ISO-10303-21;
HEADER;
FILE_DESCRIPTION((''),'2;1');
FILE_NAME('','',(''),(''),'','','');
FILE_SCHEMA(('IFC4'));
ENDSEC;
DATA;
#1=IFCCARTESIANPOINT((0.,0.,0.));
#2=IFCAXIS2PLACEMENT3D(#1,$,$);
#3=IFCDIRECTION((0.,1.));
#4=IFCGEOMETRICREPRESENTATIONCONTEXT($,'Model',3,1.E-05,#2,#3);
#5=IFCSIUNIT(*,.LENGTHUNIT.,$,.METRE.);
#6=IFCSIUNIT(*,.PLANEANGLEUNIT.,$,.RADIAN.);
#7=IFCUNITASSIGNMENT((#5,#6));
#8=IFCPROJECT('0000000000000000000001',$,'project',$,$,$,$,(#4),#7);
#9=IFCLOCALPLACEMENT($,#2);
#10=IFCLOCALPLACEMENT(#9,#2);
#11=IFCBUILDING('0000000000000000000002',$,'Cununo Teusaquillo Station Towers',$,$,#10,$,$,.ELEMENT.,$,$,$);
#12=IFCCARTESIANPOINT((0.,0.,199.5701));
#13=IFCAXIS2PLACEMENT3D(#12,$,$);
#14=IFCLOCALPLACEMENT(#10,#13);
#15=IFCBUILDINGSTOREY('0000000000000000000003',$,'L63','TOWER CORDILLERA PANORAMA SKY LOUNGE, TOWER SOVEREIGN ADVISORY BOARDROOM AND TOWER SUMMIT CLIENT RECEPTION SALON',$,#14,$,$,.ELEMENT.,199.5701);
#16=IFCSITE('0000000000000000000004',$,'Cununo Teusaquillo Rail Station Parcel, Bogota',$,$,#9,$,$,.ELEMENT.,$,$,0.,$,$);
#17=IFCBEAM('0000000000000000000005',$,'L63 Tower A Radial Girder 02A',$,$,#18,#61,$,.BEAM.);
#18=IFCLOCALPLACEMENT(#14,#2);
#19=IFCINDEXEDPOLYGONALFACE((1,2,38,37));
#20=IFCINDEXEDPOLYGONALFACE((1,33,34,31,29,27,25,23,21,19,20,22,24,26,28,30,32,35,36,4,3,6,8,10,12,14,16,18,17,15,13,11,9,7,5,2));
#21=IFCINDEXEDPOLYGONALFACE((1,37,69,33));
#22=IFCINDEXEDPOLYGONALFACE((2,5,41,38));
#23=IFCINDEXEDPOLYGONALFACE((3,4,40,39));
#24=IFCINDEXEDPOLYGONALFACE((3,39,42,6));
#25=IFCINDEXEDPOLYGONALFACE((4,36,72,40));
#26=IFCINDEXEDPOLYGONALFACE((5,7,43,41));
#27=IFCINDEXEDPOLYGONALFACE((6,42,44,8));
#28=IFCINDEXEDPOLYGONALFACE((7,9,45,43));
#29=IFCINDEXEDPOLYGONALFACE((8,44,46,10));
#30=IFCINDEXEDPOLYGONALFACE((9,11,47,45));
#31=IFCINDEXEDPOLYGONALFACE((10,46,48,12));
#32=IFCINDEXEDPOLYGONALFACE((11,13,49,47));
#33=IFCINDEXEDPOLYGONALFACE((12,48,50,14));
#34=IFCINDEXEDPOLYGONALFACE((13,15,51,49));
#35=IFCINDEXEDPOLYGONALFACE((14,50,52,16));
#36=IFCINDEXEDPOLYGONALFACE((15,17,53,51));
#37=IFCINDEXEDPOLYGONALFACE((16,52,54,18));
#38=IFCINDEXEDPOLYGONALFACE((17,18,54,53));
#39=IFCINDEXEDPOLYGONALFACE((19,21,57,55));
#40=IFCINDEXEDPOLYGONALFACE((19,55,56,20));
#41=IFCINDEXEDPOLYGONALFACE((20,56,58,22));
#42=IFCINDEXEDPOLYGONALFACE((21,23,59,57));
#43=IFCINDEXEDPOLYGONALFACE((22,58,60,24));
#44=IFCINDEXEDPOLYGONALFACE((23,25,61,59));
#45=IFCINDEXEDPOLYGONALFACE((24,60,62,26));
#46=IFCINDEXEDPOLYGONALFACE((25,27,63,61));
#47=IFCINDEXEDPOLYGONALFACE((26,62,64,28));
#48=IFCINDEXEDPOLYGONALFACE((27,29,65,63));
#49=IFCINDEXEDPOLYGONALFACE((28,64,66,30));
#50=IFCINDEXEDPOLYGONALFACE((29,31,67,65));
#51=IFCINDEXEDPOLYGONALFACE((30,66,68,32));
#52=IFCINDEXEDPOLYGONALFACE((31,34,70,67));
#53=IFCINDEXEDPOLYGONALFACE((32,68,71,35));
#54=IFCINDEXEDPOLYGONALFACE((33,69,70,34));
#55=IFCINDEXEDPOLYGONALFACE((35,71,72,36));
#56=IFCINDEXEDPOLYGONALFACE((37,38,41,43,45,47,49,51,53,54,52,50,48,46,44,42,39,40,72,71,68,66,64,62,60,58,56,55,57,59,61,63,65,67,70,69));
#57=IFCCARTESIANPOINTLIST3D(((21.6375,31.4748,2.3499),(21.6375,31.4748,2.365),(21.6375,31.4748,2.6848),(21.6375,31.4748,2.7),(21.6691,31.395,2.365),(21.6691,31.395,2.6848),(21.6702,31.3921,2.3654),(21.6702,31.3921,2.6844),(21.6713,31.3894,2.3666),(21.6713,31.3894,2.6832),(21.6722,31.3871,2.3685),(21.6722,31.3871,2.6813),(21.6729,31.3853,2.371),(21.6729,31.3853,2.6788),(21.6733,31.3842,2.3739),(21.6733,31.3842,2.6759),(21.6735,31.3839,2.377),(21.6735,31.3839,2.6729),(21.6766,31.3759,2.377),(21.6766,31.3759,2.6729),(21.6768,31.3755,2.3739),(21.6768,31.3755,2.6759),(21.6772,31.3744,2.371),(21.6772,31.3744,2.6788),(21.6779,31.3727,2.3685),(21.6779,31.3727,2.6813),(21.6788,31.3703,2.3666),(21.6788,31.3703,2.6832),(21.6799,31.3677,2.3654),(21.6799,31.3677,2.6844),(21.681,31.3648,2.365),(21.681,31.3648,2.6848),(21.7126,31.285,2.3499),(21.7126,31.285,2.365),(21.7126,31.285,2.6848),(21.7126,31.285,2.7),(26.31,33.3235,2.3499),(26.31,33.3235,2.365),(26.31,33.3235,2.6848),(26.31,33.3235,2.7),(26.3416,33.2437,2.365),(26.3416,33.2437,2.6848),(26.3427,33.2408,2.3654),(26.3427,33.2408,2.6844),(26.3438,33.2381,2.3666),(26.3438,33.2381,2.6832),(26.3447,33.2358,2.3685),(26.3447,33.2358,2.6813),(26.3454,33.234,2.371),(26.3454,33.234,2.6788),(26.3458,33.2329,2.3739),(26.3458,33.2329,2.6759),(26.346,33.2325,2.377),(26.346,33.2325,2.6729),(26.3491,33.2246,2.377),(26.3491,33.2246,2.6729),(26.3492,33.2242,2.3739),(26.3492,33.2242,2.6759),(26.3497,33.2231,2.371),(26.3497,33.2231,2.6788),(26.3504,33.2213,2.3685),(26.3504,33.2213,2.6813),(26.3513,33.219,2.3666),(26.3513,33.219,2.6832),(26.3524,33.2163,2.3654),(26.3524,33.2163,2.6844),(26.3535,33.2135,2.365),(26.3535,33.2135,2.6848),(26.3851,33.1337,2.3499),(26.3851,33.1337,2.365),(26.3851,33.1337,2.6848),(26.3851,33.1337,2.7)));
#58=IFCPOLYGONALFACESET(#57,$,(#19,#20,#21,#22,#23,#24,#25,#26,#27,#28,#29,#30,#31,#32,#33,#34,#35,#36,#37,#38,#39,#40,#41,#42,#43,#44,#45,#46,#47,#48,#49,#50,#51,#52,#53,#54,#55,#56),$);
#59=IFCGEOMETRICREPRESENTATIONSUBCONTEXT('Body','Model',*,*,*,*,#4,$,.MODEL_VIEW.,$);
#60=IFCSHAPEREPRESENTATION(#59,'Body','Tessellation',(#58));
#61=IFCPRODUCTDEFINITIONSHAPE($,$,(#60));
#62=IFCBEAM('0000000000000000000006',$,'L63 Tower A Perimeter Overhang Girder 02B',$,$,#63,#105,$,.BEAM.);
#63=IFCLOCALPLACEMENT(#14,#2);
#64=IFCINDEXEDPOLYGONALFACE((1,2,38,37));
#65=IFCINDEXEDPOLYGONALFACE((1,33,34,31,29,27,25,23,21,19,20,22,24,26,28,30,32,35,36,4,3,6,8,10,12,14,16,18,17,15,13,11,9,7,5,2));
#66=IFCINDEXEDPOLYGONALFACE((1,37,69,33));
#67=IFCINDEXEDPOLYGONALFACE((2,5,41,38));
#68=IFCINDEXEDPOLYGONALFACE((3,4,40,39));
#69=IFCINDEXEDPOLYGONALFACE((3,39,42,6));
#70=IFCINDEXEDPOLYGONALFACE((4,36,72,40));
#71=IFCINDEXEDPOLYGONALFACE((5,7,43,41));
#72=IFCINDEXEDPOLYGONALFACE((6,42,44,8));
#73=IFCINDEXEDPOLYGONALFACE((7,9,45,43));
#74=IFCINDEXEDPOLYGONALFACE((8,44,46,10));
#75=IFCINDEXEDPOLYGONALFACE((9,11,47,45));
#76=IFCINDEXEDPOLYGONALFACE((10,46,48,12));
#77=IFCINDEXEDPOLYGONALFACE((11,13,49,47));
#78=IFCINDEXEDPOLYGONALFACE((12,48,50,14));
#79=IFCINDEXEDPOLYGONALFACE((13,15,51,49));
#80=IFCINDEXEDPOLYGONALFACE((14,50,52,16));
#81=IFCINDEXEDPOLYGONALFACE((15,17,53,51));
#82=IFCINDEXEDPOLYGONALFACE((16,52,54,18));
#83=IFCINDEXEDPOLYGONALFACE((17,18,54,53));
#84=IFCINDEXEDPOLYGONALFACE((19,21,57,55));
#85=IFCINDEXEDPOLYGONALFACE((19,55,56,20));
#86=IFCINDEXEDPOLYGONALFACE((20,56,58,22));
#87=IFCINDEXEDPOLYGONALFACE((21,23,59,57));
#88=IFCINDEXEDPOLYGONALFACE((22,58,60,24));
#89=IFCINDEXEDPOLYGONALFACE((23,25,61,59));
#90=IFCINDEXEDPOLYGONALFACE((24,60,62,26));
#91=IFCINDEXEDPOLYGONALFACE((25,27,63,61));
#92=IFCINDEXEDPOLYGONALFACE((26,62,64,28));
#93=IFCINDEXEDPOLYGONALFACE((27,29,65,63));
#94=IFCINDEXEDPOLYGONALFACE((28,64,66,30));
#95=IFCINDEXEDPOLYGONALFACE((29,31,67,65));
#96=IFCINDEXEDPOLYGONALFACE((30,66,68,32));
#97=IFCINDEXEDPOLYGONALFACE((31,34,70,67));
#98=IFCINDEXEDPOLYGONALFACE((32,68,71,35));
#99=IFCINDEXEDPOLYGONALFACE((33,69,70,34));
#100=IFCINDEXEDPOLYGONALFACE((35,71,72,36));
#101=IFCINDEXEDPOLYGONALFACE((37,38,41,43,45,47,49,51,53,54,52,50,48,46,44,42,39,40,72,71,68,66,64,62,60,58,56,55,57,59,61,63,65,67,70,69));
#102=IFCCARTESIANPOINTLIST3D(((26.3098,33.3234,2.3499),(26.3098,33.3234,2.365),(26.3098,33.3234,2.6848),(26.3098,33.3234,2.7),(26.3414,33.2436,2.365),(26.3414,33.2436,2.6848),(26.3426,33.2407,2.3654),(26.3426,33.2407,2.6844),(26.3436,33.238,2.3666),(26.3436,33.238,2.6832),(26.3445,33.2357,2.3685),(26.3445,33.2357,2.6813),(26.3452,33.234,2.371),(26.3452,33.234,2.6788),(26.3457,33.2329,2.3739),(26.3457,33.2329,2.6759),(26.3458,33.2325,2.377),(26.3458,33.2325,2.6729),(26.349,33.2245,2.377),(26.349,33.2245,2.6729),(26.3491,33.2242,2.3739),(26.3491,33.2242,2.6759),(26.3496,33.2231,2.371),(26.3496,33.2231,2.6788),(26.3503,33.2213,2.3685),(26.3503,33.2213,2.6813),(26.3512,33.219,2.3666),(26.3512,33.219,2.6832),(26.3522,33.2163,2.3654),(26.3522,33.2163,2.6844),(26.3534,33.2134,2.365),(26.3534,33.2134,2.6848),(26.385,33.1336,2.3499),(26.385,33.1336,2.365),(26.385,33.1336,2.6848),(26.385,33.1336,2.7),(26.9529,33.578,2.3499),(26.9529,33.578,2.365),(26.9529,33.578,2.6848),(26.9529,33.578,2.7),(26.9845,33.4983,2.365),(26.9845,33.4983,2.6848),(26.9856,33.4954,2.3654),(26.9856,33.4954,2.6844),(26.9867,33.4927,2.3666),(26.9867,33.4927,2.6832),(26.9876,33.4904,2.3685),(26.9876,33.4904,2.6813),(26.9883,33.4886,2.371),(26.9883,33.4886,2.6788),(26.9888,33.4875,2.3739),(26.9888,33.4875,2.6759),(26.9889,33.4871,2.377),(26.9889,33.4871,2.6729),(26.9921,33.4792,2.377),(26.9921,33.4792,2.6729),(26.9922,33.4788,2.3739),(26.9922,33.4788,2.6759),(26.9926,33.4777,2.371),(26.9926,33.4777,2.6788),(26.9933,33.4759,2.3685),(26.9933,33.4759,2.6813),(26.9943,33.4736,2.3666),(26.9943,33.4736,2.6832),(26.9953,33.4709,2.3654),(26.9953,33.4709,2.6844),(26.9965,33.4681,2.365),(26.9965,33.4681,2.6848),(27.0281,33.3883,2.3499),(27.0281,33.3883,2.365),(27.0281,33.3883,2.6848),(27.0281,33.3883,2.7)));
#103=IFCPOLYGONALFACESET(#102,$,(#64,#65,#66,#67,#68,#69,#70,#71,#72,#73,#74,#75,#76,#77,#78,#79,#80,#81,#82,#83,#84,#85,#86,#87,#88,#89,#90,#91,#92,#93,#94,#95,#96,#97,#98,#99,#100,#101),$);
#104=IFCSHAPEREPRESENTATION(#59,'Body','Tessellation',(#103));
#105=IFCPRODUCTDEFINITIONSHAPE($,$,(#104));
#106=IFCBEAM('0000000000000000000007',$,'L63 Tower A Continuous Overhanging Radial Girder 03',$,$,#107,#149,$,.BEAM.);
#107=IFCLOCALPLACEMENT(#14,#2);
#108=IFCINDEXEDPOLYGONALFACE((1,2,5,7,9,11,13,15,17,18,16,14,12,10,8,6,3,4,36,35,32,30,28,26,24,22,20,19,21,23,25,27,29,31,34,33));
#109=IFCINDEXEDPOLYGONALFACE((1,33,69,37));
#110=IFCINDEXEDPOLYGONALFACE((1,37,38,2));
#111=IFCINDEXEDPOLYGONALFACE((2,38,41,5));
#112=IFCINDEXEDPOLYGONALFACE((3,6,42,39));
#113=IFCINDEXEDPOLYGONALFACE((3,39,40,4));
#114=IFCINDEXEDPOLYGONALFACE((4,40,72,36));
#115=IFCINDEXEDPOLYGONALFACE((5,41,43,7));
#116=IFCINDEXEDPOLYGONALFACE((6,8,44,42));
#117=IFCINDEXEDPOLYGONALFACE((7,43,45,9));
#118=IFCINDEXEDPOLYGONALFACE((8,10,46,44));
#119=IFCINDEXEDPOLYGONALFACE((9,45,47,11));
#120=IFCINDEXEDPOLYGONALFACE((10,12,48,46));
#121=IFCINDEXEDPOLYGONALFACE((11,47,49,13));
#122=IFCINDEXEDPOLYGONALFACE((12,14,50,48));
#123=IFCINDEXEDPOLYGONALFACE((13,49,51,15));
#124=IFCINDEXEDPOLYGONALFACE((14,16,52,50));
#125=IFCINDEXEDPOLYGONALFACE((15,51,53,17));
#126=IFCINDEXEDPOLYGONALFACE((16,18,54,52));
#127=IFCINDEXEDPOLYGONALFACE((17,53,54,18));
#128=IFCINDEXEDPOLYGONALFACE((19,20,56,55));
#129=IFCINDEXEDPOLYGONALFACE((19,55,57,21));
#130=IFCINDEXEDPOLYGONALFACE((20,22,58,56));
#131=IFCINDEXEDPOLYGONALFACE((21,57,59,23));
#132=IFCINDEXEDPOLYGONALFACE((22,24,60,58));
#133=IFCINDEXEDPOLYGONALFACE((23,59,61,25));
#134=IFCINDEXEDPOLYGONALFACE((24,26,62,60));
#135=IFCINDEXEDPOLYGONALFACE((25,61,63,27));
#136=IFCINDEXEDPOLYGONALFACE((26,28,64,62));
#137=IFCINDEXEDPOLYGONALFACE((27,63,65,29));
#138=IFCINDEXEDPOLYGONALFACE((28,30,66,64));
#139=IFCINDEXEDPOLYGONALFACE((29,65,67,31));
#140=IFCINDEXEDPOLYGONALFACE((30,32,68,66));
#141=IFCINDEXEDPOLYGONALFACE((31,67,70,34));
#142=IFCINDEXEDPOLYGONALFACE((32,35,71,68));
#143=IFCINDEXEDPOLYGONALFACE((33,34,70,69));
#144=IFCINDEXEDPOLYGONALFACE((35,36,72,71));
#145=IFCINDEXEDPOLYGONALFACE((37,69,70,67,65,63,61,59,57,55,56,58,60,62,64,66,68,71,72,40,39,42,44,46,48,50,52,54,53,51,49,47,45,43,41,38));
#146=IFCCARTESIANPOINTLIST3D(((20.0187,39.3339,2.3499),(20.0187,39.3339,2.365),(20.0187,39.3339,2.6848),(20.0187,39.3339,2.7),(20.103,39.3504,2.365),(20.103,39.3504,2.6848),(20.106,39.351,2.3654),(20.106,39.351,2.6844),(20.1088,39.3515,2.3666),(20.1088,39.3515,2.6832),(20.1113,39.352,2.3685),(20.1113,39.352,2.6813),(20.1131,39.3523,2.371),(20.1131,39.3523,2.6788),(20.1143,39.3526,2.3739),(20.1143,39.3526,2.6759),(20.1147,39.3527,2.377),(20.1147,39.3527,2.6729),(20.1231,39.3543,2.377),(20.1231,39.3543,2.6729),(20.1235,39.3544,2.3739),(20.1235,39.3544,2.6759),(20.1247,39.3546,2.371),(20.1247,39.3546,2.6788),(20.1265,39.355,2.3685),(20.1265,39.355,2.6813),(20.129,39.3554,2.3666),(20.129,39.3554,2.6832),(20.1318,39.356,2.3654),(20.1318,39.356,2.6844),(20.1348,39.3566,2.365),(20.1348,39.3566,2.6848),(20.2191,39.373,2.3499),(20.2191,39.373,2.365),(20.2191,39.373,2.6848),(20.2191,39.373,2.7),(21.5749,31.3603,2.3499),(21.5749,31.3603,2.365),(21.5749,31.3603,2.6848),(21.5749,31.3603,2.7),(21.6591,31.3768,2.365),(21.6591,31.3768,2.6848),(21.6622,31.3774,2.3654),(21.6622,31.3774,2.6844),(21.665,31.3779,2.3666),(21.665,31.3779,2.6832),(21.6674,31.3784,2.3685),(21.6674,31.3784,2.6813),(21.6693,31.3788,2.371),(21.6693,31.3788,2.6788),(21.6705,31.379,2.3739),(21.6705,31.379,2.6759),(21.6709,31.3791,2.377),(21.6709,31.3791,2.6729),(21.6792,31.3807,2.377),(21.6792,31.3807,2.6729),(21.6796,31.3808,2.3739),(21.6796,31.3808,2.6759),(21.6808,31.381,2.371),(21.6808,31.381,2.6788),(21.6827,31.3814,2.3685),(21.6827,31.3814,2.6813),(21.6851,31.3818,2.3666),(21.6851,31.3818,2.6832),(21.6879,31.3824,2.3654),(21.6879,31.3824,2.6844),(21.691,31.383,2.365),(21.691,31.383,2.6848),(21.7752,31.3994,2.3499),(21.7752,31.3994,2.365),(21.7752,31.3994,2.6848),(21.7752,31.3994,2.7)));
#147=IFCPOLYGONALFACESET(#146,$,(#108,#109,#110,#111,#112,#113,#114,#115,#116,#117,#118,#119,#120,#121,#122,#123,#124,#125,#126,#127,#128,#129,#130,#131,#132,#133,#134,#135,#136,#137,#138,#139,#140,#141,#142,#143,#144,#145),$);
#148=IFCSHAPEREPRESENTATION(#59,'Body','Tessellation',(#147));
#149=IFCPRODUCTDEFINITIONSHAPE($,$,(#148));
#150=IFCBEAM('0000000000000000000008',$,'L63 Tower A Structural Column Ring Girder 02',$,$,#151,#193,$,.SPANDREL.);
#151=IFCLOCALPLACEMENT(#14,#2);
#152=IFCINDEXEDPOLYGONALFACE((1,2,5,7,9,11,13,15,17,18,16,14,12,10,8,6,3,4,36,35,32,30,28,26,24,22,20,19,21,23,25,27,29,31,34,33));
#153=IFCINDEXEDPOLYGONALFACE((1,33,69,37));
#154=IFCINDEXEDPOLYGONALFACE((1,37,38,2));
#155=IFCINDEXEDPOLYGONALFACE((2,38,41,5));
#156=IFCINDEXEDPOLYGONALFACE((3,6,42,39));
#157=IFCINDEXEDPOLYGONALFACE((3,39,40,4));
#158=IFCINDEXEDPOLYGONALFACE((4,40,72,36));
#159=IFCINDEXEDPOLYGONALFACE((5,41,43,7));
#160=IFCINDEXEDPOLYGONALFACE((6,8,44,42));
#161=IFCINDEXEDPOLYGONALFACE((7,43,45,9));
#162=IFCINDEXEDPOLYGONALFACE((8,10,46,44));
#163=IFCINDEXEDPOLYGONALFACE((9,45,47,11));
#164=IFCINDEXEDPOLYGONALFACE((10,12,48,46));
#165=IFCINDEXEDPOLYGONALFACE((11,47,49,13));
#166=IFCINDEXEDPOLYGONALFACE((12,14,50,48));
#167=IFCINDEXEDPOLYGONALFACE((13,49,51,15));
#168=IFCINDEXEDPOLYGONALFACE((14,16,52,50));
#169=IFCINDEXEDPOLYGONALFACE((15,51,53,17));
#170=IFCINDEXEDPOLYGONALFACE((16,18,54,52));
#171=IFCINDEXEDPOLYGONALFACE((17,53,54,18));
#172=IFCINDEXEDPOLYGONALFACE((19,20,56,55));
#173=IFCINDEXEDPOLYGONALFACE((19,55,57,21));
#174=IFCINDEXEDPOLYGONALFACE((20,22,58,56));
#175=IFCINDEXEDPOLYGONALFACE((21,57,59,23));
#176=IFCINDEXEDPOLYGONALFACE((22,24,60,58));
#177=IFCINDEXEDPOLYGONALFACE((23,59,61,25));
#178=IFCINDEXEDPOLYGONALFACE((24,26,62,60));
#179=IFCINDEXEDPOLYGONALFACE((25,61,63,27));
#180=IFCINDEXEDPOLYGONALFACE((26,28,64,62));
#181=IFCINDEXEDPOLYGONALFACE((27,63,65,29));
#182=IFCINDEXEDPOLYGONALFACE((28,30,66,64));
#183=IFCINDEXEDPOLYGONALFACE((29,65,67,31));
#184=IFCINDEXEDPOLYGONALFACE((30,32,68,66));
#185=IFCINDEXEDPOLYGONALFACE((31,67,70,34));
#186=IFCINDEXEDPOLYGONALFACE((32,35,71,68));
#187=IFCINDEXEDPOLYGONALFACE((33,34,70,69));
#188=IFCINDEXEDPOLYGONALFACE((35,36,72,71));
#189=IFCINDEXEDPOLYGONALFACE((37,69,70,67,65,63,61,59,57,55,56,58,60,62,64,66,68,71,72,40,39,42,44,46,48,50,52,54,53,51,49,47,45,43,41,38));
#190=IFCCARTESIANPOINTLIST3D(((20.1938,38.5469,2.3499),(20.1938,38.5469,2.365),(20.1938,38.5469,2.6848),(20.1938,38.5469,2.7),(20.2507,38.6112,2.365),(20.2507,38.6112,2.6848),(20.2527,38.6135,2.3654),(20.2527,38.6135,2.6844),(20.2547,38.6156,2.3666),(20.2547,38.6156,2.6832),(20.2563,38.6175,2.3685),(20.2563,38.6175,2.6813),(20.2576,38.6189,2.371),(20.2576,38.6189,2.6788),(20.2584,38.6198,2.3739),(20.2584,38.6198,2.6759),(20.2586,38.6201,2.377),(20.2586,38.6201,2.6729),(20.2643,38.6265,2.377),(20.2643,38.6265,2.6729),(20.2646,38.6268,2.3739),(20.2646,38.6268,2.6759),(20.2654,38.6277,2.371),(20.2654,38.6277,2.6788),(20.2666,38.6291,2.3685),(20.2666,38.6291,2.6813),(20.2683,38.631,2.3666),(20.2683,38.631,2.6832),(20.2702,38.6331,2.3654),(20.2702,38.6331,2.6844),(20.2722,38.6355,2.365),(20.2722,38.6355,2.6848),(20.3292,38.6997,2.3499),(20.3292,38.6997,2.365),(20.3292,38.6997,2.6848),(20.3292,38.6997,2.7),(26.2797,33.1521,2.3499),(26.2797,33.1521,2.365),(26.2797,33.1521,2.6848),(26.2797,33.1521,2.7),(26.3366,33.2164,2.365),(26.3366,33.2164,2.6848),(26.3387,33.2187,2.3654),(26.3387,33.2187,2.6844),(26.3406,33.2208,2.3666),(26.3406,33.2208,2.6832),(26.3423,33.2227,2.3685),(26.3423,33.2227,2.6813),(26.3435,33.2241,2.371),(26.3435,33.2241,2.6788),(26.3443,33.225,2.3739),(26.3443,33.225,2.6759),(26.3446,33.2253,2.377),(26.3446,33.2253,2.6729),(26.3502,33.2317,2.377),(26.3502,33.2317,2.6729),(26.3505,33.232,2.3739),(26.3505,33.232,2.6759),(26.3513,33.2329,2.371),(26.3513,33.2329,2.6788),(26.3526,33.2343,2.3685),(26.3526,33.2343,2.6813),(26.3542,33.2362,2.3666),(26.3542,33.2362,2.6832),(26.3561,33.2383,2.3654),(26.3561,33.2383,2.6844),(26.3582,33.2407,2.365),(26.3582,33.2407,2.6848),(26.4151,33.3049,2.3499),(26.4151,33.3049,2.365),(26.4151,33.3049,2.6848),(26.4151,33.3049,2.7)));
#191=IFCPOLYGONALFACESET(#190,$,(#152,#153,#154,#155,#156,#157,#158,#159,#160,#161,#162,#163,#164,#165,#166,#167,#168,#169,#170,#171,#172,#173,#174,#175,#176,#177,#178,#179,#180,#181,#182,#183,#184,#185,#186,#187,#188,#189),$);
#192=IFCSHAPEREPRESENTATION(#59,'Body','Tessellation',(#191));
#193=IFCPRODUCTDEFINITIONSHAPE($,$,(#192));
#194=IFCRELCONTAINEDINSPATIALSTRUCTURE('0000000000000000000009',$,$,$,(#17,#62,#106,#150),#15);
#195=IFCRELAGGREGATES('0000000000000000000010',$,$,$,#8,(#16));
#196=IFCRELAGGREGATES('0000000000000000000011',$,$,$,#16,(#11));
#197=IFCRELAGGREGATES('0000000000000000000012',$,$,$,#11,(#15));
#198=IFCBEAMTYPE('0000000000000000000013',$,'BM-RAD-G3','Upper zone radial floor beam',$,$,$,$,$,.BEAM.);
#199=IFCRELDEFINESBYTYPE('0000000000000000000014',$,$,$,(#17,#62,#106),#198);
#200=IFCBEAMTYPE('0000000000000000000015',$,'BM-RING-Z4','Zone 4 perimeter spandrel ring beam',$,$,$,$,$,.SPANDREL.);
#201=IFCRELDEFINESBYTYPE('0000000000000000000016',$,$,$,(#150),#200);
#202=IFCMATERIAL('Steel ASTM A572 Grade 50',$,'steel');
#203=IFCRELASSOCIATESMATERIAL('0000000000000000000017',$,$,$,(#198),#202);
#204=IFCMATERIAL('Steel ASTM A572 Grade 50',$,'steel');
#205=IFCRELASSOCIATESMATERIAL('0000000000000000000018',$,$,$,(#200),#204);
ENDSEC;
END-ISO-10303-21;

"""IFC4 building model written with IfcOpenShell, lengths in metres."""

from ifc_helpers import new_model, si_unit, direction, frame, origin, origin_2d, place, context, subcontext, project, spatial, i_section, extrude, material, material_profile, profile_set, type_object, element, save


model = new_model("IFC4")

# Units and contexts
model_context = context("Model", 3, precision=1e-05, world=origin(), true_north=direction((0.0, 1.0)))
body_context = subcontext(model_context, "Body", "Model", "MODEL_VIEW")
ifc_project = project(units=[si_unit("LENGTHUNIT", "METRE"), si_unit("PLANEANGLEUNIT", "RADIAN")], contexts=[model_context])

# Site, building, storey
site_placement = place(None, origin())
site = spatial("IfcSite", under=ifc_project, at=site_placement, Name="Cununo Teusaquillo Rail Station Parcel, Bogota", CompositionType="ELEMENT", RefElevation=0.0)
building_placement = place(site_placement, origin())
building = spatial("IfcBuilding", under=site, at=building_placement, Name="Cununo Teusaquillo Station Towers", CompositionType="ELEMENT")
storey_placement = place(building_placement, frame((0.0, 0.0, 199.5701)))
storey = spatial("IfcBuildingStorey", under=building, at=storey_placement, Name="L63", Description="TOWER CORDILLERA PANORAMA SKY LOUNGE, TOWER SOVEREIGN ADVISORY BOARDROOM AND TOWER SUMMIT CLIENT RECEPTION SALON", CompositionType="ELEMENT", Elevation=199.5701)

# Beams
ifc_material_1 = material(Name="Steel ASTM A572 Grade 50", Category="steel")
ifc_material_profile_1 = material_profile(ifc_material_1, i_section(OverallWidth=0.2041, OverallDepth=0.3501, WebThickness=0.0085, FlangeThickness=0.0151, FilletRadius=0.012, at=origin_2d()), Name="W14X48")
ifc_profile_set_1 = profile_set([ifc_material_profile_1], Name="Steel ASTM A572 Grade 50")
beam_type_1 = type_object("IfcBeamType", Name="BM-RAD-G3", Description="Upper zone radial floor beam", PredefinedType="BEAM", material=ifc_profile_set_1)
beam_1_placement = place(storey_placement, frame((21.675, 31.3799, 2.5249), z_axis=(0.929864, 0.367903, 0.0), x_axis=(-0.367903, 0.929864, 0.0)))
element("IfcBeam", 1, at=beam_1_placement, inside=storey, type_object=beam_type_1, Name="L63 Tower A Radial Girder 02A", PredefinedType="BEAM", context=body_context, shape_type="SweptSolid", body=[
    extrude(i_section(OverallWidth=0.2041, OverallDepth=0.3501, WebThickness=0.0085, FlangeThickness=0.0151, FilletRadius=0.012, at=origin_2d()), origin(), (0.0, 0.0, 1.0), 5.0249),
])
beam_2_placement = place(storey_placement, frame((26.3474, 33.2285, 2.5249), z_axis=(0.929761, 0.368163, 0.0), x_axis=(-0.368163, 0.929761, 0.0)))
element("IfcBeam", 2, at=beam_2_placement, inside=storey, type_object=beam_type_1, Name="L63 Tower A Perimeter Overhang Girder 02B", PredefinedType="BEAM", context=body_context, shape_type="SweptSolid", body=[
    extrude(i_section(OverallWidth=0.2041, OverallDepth=0.3501, WebThickness=0.0085, FlangeThickness=0.0151, FilletRadius=0.012, at=origin_2d()), origin(), (0.0, 0.0, 1.0), 0.6917),
])
beam_3_placement = place(storey_placement, frame((21.675, 31.3799, 2.5249), z_axis=(-0.191548, 0.981483, 0.0), x_axis=(-0.981483, -0.191548, 0.0)))
element("IfcBeam", 3, at=beam_3_placement, inside=storey, type_object=beam_type_1, Name="L63 Tower A Continuous Overhanging Radial Girder 03", PredefinedType="BEAM", context=body_context, shape_type="SweptSolid", body=[
    extrude(i_section(OverallWidth=0.2041, OverallDepth=0.3501, WebThickness=0.0085, FlangeThickness=0.0151, FilletRadius=0.012, at=origin_2d()), origin(), (0.0, 0.0, 1.0), 8.124),
])
ifc_material_2 = material(Name="Steel ASTM A572 Grade 50", Category="steel")
ifc_material_profile_2 = material_profile(ifc_material_2, i_section(OverallWidth=0.2041, OverallDepth=0.3501, WebThickness=0.0085, FlangeThickness=0.0151, FilletRadius=0.012, at=origin_2d()), Name="W14X48")
ifc_profile_set_2 = profile_set([ifc_material_profile_2], Name="Steel ASTM A572 Grade 50")
beam_type_2 = type_object("IfcBeamType", Name="BM-RING-Z4", Description="Zone 4 perimeter spandrel ring beam", PredefinedType="SPANDREL", material=ifc_profile_set_2)
beam_4_placement = place(storey_placement, frame((26.3474, 33.2285, 2.5249), z_axis=(-0.748321, 0.663337, 0.0), x_axis=(-0.663337, -0.748321, 0.0)))
element("IfcBeam", 4, at=beam_4_placement, inside=storey, type_object=beam_type_2, Name="L63 Tower A Structural Column Ring Girder 02", PredefinedType="SPANDREL", context=body_context, shape_type="SweptSolid", body=[
    extrude(i_section(OverallWidth=0.2041, OverallDepth=0.3501, WebThickness=0.0085, FlangeThickness=0.0151, FilletRadius=0.012, at=origin_2d()), origin(), (0.0, 0.0, 1.0), 8.1328),
])

save(model, "model.ifc")
